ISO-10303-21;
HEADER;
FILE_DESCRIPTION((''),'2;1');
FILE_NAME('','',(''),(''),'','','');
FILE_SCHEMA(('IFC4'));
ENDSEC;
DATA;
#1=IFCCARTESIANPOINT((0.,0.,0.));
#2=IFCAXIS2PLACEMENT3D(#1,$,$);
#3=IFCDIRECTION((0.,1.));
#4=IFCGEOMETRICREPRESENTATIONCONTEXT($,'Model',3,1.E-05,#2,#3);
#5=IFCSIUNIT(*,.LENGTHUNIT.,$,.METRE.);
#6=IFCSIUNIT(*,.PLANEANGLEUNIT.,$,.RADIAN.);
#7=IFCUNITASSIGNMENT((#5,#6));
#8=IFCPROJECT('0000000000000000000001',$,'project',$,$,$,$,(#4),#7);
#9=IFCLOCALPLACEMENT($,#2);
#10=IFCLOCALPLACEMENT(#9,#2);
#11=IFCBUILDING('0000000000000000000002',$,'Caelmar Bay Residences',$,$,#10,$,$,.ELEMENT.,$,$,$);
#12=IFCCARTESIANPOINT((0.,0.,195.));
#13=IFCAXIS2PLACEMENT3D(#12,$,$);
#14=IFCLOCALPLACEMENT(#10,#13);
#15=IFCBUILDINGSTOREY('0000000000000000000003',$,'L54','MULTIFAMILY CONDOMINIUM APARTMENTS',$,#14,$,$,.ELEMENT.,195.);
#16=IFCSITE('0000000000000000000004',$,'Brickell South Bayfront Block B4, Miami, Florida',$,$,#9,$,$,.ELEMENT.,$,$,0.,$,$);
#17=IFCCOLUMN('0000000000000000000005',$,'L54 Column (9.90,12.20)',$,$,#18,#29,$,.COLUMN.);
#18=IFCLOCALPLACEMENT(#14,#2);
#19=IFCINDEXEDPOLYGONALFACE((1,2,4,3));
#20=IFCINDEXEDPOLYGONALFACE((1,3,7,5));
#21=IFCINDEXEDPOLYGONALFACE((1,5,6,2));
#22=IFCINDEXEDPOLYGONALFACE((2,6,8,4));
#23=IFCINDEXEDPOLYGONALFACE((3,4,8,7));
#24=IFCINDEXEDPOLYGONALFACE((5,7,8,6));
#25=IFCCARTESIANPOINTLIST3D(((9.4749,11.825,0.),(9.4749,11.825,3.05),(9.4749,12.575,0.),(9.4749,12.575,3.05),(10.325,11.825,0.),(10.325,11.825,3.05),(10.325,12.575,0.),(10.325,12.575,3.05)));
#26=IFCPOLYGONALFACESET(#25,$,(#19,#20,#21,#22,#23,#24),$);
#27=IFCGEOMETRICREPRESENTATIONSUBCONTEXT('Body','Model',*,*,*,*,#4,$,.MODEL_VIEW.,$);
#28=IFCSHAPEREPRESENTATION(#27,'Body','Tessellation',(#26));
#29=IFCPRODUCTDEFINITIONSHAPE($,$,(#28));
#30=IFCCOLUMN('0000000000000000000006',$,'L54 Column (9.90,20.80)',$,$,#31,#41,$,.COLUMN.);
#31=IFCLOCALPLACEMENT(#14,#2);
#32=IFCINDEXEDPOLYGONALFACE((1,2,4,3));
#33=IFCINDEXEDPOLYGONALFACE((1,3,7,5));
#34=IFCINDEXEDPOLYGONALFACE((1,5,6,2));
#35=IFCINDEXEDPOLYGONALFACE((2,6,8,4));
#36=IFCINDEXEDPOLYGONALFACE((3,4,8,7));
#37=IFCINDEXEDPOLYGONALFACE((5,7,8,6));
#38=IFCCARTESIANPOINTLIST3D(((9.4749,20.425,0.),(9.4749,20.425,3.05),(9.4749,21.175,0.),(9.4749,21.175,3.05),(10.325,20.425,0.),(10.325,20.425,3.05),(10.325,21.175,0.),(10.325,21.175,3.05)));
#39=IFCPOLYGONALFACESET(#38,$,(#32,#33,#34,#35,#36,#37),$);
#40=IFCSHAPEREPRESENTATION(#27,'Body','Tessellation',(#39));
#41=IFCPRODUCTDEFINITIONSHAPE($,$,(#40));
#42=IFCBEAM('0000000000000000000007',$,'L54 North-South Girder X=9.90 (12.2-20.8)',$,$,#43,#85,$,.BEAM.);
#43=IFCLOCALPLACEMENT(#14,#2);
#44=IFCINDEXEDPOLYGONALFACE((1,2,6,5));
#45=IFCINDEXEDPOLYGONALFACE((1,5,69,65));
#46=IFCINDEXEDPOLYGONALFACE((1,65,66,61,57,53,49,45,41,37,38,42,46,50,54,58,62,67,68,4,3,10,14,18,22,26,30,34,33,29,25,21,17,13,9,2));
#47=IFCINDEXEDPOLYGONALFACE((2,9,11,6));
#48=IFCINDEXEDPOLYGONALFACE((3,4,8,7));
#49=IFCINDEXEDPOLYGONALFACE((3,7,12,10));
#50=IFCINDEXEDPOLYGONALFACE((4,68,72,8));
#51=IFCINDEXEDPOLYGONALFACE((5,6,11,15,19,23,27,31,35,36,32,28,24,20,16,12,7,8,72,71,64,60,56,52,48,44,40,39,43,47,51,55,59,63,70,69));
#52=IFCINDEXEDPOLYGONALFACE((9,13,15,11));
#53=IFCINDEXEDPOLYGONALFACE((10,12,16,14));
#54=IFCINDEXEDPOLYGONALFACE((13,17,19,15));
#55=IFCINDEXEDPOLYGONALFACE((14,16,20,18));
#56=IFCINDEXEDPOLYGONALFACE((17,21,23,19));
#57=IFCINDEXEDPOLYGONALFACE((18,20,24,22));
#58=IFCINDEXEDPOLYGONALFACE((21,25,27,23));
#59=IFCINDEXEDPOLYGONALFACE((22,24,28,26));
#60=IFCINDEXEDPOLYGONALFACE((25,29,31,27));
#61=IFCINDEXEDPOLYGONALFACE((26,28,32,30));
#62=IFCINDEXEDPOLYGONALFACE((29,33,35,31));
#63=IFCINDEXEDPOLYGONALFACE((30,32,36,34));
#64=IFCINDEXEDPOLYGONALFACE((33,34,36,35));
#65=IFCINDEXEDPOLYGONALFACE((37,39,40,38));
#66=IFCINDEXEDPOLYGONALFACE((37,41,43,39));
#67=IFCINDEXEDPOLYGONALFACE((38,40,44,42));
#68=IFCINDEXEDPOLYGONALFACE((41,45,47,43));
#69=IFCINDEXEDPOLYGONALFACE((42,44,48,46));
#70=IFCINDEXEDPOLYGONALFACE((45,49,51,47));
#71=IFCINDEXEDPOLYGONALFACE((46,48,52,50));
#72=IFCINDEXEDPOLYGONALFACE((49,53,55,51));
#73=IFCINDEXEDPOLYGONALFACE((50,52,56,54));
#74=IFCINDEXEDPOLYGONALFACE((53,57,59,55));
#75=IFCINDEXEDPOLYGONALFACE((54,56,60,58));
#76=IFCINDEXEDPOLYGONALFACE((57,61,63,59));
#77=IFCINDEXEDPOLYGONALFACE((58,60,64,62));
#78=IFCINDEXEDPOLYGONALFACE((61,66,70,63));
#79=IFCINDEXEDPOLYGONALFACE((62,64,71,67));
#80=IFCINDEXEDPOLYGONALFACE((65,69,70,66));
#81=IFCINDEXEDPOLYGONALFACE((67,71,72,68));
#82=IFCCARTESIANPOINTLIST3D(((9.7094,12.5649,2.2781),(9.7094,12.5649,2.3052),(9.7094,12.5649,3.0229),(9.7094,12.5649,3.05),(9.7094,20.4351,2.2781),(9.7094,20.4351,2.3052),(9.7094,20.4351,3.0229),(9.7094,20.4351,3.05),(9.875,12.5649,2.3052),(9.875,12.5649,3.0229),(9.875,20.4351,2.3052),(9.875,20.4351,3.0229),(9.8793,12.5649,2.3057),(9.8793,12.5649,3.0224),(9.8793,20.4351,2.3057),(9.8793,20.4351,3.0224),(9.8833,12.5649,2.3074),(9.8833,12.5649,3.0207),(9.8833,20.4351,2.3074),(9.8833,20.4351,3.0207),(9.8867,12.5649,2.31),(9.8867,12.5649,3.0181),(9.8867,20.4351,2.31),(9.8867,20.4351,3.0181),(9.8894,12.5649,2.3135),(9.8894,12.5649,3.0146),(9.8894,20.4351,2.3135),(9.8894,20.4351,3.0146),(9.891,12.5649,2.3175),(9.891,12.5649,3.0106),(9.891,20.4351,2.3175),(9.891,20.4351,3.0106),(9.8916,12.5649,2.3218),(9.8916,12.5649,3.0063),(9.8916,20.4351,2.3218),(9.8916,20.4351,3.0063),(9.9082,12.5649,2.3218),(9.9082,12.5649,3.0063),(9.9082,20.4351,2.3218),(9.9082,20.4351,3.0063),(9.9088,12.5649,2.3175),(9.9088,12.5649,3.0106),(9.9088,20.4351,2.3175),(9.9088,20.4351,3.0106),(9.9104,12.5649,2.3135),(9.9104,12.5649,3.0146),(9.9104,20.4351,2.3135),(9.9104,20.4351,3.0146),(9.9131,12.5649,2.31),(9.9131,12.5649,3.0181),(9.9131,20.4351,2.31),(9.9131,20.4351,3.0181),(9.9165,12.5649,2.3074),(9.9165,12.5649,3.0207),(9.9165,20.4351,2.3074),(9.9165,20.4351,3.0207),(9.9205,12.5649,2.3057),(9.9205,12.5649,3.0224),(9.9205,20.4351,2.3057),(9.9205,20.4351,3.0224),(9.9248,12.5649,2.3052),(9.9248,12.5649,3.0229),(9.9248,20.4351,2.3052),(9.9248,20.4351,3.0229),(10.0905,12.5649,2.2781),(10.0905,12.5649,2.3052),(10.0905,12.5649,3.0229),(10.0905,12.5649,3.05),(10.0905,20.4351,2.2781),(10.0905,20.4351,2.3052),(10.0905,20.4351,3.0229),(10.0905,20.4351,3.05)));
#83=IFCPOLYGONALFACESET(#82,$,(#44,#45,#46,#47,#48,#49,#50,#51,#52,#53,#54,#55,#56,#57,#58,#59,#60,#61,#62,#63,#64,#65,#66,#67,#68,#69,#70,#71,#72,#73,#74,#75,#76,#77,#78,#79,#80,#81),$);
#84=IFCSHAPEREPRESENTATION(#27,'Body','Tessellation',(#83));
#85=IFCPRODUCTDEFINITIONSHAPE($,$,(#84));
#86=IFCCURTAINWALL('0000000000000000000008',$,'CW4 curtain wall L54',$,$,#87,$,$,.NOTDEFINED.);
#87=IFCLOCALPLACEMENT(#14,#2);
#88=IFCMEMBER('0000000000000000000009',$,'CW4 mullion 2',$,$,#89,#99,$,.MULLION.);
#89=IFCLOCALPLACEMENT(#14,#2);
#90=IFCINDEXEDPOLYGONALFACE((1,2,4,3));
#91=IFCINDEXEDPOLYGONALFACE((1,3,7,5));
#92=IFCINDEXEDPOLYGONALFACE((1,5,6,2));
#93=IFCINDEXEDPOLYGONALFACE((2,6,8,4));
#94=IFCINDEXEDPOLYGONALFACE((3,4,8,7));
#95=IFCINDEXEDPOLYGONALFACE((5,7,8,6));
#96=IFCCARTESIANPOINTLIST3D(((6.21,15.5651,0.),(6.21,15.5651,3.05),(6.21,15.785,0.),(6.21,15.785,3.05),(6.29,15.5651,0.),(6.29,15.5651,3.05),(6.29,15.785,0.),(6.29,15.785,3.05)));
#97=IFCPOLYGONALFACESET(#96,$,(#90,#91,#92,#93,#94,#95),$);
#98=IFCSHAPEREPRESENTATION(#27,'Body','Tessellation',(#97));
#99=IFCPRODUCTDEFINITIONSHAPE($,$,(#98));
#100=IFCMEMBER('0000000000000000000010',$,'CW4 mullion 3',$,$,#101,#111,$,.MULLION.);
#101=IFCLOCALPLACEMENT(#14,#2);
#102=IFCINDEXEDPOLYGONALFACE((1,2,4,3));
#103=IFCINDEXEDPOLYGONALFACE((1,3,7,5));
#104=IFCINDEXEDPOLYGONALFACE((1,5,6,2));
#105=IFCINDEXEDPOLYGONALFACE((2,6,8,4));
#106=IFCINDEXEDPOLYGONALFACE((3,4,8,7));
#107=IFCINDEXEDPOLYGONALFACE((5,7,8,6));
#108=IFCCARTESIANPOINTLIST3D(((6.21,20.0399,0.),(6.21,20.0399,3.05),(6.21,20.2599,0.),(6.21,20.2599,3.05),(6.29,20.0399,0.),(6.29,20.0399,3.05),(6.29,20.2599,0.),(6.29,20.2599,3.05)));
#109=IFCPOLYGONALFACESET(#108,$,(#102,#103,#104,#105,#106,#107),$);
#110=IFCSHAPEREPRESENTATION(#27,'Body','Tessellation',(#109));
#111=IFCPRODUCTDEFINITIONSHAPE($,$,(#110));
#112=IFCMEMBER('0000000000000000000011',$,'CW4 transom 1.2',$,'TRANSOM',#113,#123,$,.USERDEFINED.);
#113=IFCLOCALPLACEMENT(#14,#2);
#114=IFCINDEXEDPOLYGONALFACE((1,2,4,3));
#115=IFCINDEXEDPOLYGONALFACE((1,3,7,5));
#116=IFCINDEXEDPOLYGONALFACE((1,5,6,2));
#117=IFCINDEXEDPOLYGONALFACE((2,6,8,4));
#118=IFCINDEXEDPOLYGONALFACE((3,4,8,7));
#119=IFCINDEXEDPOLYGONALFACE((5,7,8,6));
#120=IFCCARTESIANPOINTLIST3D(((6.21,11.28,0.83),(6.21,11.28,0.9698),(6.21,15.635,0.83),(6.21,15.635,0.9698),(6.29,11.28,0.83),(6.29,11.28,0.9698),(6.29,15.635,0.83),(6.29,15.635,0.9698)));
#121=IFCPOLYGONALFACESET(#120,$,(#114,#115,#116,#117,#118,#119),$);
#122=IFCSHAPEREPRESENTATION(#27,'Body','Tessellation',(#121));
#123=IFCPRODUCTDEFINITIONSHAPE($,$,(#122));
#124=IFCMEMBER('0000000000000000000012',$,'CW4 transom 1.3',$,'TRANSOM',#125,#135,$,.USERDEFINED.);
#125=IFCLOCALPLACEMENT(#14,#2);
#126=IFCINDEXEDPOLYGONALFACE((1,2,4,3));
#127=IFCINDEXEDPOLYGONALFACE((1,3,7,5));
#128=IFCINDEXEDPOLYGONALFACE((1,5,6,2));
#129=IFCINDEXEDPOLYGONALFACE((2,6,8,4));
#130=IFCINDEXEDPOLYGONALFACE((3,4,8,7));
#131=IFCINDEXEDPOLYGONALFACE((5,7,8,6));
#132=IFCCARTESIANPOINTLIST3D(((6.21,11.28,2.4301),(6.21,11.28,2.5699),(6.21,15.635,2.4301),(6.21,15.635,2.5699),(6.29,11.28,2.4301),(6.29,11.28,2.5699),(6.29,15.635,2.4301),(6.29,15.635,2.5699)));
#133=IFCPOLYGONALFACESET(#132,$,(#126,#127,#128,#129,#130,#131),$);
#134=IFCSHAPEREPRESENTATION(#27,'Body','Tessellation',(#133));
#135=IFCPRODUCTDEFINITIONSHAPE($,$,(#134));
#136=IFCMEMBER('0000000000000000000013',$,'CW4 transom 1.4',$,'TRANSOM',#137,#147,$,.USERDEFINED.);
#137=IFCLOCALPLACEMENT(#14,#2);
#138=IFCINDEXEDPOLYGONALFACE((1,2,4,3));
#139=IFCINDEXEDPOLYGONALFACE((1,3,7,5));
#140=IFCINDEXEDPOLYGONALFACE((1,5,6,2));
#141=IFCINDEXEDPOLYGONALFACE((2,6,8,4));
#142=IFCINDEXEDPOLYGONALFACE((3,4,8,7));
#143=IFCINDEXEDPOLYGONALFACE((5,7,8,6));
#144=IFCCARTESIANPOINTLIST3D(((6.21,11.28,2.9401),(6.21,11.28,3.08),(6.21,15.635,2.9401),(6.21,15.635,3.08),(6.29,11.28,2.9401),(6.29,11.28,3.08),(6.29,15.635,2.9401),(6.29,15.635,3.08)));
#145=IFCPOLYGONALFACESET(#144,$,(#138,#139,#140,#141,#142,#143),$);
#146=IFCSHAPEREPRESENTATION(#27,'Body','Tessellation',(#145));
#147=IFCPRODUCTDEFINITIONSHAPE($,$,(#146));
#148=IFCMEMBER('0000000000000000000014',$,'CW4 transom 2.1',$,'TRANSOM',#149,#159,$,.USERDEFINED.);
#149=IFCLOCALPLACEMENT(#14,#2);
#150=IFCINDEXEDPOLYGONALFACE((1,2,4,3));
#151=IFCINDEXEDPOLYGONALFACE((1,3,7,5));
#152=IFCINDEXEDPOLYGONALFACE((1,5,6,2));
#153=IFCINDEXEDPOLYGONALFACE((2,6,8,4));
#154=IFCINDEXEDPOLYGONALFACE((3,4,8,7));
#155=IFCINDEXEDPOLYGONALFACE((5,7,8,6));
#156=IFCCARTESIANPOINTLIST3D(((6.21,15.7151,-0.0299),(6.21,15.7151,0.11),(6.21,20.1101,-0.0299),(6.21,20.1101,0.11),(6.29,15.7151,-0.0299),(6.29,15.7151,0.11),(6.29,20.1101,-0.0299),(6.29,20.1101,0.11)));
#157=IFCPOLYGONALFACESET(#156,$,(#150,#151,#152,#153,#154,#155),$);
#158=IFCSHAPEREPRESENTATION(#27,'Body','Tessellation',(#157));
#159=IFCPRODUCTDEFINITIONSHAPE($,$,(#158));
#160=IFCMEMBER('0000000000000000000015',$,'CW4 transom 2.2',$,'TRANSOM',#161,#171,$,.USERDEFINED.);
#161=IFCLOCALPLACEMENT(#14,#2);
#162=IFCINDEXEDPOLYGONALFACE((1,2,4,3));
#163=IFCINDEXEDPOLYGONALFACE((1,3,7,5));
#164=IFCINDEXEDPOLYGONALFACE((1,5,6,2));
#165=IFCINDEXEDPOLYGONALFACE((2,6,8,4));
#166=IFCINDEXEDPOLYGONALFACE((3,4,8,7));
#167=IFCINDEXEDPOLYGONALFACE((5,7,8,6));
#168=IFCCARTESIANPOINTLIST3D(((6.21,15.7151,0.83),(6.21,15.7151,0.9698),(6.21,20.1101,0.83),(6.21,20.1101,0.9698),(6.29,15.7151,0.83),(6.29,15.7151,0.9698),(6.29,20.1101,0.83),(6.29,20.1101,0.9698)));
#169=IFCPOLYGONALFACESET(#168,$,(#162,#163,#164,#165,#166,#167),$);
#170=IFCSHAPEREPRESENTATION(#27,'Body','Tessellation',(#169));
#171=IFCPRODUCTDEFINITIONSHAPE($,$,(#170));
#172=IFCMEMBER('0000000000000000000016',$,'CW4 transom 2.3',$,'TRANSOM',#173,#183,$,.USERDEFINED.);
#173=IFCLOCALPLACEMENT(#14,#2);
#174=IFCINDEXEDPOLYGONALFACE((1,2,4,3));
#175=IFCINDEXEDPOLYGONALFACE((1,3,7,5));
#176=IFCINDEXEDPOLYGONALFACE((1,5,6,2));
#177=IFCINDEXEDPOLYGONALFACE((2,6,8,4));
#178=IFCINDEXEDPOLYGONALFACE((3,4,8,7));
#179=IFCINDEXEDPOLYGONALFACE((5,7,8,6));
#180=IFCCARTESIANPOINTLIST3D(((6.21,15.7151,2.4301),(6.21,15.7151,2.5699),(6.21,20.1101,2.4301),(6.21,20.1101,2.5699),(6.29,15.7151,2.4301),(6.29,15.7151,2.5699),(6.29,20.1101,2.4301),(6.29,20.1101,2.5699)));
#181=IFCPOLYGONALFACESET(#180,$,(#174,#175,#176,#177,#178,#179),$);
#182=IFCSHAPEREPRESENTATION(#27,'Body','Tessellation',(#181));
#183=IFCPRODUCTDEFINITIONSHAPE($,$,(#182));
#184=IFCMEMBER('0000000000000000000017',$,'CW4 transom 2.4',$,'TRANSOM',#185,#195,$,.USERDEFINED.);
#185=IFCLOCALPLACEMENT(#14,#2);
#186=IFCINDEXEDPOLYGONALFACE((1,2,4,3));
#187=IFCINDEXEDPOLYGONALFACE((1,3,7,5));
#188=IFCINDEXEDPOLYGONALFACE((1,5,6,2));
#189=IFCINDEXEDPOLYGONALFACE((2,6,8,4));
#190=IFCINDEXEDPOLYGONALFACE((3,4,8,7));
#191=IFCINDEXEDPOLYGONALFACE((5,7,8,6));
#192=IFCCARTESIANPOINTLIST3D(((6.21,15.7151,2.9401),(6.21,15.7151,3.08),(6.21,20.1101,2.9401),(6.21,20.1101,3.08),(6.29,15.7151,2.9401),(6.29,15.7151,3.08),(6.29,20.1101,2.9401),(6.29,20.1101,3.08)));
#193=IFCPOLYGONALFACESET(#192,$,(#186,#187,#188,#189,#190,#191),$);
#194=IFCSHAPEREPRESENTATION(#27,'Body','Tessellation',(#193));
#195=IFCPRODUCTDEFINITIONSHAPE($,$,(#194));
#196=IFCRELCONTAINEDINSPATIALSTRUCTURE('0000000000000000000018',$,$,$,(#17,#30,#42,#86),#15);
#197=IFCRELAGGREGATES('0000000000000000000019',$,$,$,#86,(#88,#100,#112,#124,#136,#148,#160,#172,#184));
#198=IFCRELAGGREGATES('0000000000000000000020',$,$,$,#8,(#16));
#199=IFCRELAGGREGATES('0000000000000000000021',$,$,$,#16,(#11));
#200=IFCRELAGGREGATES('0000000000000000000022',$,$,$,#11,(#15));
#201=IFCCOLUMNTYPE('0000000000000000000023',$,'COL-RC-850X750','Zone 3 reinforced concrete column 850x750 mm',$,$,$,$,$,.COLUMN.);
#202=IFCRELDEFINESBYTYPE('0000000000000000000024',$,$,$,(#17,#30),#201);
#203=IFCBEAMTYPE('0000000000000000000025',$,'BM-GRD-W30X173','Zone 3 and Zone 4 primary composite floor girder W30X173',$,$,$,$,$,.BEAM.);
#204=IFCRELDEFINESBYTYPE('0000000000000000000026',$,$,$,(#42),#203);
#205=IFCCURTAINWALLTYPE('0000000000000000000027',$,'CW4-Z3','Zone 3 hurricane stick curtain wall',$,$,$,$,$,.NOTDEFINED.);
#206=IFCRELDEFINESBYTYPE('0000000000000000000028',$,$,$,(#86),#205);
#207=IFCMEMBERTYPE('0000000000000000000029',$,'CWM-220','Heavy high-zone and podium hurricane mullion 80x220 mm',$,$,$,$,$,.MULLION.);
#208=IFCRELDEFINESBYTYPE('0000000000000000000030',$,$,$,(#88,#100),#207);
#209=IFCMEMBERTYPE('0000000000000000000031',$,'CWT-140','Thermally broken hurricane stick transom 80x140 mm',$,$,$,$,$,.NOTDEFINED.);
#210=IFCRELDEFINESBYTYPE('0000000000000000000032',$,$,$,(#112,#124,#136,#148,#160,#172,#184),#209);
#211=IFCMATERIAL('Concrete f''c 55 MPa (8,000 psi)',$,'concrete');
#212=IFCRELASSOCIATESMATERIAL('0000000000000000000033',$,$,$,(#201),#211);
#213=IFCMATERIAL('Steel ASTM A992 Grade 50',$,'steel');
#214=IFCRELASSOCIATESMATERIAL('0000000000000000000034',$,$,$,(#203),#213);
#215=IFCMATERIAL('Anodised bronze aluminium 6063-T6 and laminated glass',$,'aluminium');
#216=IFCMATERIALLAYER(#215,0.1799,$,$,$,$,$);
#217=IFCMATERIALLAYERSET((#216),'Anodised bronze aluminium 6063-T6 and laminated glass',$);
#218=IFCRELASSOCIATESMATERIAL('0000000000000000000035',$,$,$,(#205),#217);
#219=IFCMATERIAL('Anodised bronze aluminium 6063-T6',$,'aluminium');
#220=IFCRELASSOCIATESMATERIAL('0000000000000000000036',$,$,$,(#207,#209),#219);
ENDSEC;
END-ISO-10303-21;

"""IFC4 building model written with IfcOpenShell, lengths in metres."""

from ifc_helpers import new_model, si_unit, direction, frame, origin, origin_2d, place, context, subcontext, project, spatial, rectangle, i_section, extrude, material, layer, layer_set, material_profile, profile_set, type_object, element, aggregate, save


model = new_model("IFC4")

# Units and contexts
model_context = context("Model", 3, precision=1e-05, world=origin(), true_north=direction((0.0, 1.0)))
body_context = subcontext(model_context, "Body", "Model", "MODEL_VIEW")
ifc_project = project(units=[si_unit("LENGTHUNIT", "METRE"), si_unit("PLANEANGLEUNIT", "RADIAN")], contexts=[model_context])

# Site, building, storey
site_placement = place(None, origin())
site = spatial("IfcSite", under=ifc_project, at=site_placement, Name="Brickell South Bayfront Block B4, Miami, Florida", CompositionType="ELEMENT", RefElevation=0.0)
building_placement = place(site_placement, origin())
building = spatial("IfcBuilding", under=site, at=building_placement, Name="Caelmar Bay Residences", CompositionType="ELEMENT")
storey_placement = place(building_placement, frame((0.0, 0.0, 195.0)))
storey = spatial("IfcBuildingStorey", under=building, at=storey_placement, Name="L54", Description="MULTIFAMILY CONDOMINIUM APARTMENTS", CompositionType="ELEMENT", Elevation=195.0)

# Columns
ifc_material_1 = material(Name="Concrete f'c 55 MPa (8,000 psi)", Category="concrete")
ifc_material_profile_1 = material_profile(ifc_material_1, rectangle(XDim=0.8501, YDim=0.75, at=origin_2d()), Name="RC-COL-850X750")
ifc_profile_set_1 = profile_set([ifc_material_profile_1], Name="Concrete f'c 55 MPa (8,000 psi)")
column_type = type_object("IfcColumnType", Name="COL-RC-850X750", Description="Zone 3 reinforced concrete column 850x750 mm", PredefinedType="COLUMN", material=ifc_profile_set_1)
for number, where, z_axis, x_axis, name in (
    (1, (9.8999, 12.2, 0.0), (0.0, 0.0, 1.0), (1.0, 0.0, 0.0), "L54 Column (9.90,12.20)"),
    (2, (9.8999, 20.8, 0.0), (0.0, 0.0, 1.0), (1.0, 0.0, 0.0), "L54 Column (9.90,20.80)"),
):
    element("IfcColumn", number, at=place(storey_placement, frame(where, z_axis=z_axis, x_axis=x_axis)), inside=storey, type_object=column_type, Name=name, PredefinedType="COLUMN", context=body_context, shape_type="SweptSolid", body=[
        extrude(rectangle(XDim=0.8501, YDim=0.75, at=origin_2d()), origin(), (0.0, 0.0, 1.0), 3.05),
    ])

# Beam
ifc_material_2 = material(Name="Steel ASTM A992 Grade 50", Category="steel")
ifc_material_profile_2 = material_profile(ifc_material_2, i_section(OverallWidth=0.3811, OverallDepth=0.772, WebThickness=0.0166, FlangeThickness=0.0271, FilletRadius=0.0166, at=origin_2d()), Name="W30X173")
ifc_profile_set_2 = profile_set([ifc_material_profile_2], Name="Steel ASTM A992 Grade 50")
beam_type = type_object("IfcBeamType", Name="BM-GRD-W30X173", Description="Zone 3 and Zone 4 primary composite floor girder W30X173", PredefinedType="BEAM", material=ifc_profile_set_2)
beam_placement = place(storey_placement, frame((9.8999, 12.5649, 2.6641), z_axis=(0.0, 1.0, 0.0), x_axis=(-1.0, 0.0, 0.0)))
element("IfcBeam", 3, at=beam_placement, inside=storey, type_object=beam_type, Name="L54 North-South Girder X=9.90 (12.2-20.8)", PredefinedType="BEAM", context=body_context, shape_type="SweptSolid", body=[
    extrude(i_section(OverallWidth=0.3811, OverallDepth=0.772, WebThickness=0.0166, FlangeThickness=0.0271, FilletRadius=0.0166, at=origin_2d()), origin(), (0.0, 0.0, 1.0), 7.8701),
])

# Curtain wall, members
ifc_material_3 = material(Name="Anodised bronze aluminium 6063-T6 and laminated glass", Category="aluminium")
ifc_layer_1 = layer(ifc_material_3, 0.1799)
ifc_layer_set_1 = layer_set([ifc_layer_1], Name="Anodised bronze aluminium 6063-T6 and laminated glass")
curtain_wall_type = type_object("IfcCurtainWallType", Name="CW4-Z3", Description="Zone 3 hurricane stick curtain wall", PredefinedType="NOTDEFINED", material=ifc_layer_set_1)
curtain_wall_placement = place(storey_placement, origin())
curtain_wall = element("IfcCurtainWall", 4, at=curtain_wall_placement, inside=storey, type_object=curtain_wall_type, Name="CW4 curtain wall L54", PredefinedType="NOTDEFINED")
ifc_material_4 = material(Name="Anodised bronze aluminium 6063-T6", Category="aluminium")
ifc_material_profile_3 = material_profile(ifc_material_4, rectangle(XDim=0.0801, YDim=0.22, at=origin_2d()), Name="CWM-80X220")
ifc_profile_set_3 = profile_set([ifc_material_profile_3], Name="Anodised bronze aluminium 6063-T6")
member_type_1 = type_object("IfcMemberType", Name="CWM-220", Description="Heavy high-zone and podium hurricane mullion 80x220 mm", PredefinedType="MULLION", material=ifc_profile_set_3)
member_1_placement = place(storey_placement, frame((6.25, 15.675, 0.0), z_axis=(0.0, 0.0, 1.0), x_axis=(-1.0, 0.0, 0.0)))
member_1 = element("IfcMember", 5, at=member_1_placement, type_object=member_type_1, Name="CW4 mullion 2", PredefinedType="MULLION", context=body_context, shape_type="SweptSolid", body=[
    extrude(rectangle(XDim=0.0801, YDim=0.22, at=origin_2d()), origin(), (0.0, 0.0, 1.0), 3.05),
])
member_2_placement = place(storey_placement, frame((6.25, 20.1499, 0.0), z_axis=(0.0, 0.0, 1.0), x_axis=(-1.0, 0.0, 0.0)))
member_2 = element("IfcMember", 6, at=member_2_placement, type_object=member_type_1, Name="CW4 mullion 3", PredefinedType="MULLION", context=body_context, shape_type="SweptSolid", body=[
    extrude(rectangle(XDim=0.0801, YDim=0.22, at=origin_2d()), origin(), (0.0, 0.0, 1.0), 3.05),
])
ifc_material_profile_4 = material_profile(ifc_material_4, rectangle(XDim=0.0801, YDim=0.1399, at=origin_2d()), Name="CWT-80X140")
ifc_profile_set_4 = profile_set([ifc_material_profile_4], Name="Anodised bronze aluminium 6063-T6")
member_type_2 = type_object("IfcMemberType", Name="CWT-140", Description="Thermally broken hurricane stick transom 80x140 mm", PredefinedType="NOTDEFINED", material=ifc_profile_set_4)
member_3_placement = place(storey_placement, frame((6.25, 11.28, 0.8999), z_axis=(0.0, 1.0, 0.0), x_axis=(-1.0, 0.0, 0.0)))
member_3 = element("IfcMember", 7, at=member_3_placement, type_object=member_type_2, Name="CW4 transom 1.2", ObjectType="TRANSOM", PredefinedType="USERDEFINED", context=body_context, shape_type="SweptSolid", body=[
    extrude(rectangle(XDim=0.0801, YDim=0.1399, at=origin_2d()), origin(), (0.0, 0.0, 1.0), 4.355),
])
member_4_placement = place(storey_placement, frame((6.25, 11.28, 2.5), z_axis=(0.0, 1.0, 0.0), x_axis=(-1.0, 0.0, 0.0)))
member_4 = element("IfcMember", 8, at=member_4_placement, type_object=member_type_2, Name="CW4 transom 1.3", ObjectType="TRANSOM", PredefinedType="USERDEFINED", context=body_context, shape_type="SweptSolid", body=[
    extrude(rectangle(XDim=0.0801, YDim=0.1399, at=origin_2d()), origin(), (0.0, 0.0, 1.0), 4.355),
])
member_5_placement = place(storey_placement, frame((6.25, 11.28, 3.01), z_axis=(0.0, 1.0, 0.0), x_axis=(-1.0, 0.0, 0.0)))
member_5 = element("IfcMember", 9, at=member_5_placement, type_object=member_type_2, Name="CW4 transom 1.4", ObjectType="TRANSOM", PredefinedType="USERDEFINED", context=body_context, shape_type="SweptSolid", body=[
    extrude(rectangle(XDim=0.0801, YDim=0.1399, at=origin_2d()), origin(), (0.0, 0.0, 1.0), 4.355),
])
member_6_placement = place(storey_placement, frame((6.25, 15.7151, 0.04), z_axis=(0.0, 1.0, 0.0), x_axis=(-1.0, 0.0, 0.0)))
member_6 = element("IfcMember", 10, at=member_6_placement, type_object=member_type_2, Name="CW4 transom 2.1", ObjectType="TRANSOM", PredefinedType="USERDEFINED", context=body_context, shape_type="SweptSolid", body=[
    extrude(rectangle(XDim=0.0801, YDim=0.1399, at=origin_2d()), origin(), (0.0, 0.0, 1.0), 4.395),
])
member_7_placement = place(storey_placement, frame((6.25, 15.7151, 0.8999), z_axis=(0.0, 1.0, 0.0), x_axis=(-1.0, 0.0, 0.0)))
member_7 = element("IfcMember", 11, at=member_7_placement, type_object=member_type_2, Name="CW4 transom 2.2", ObjectType="TRANSOM", PredefinedType="USERDEFINED", context=body_context, shape_type="SweptSolid", body=[
    extrude(rectangle(XDim=0.0801, YDim=0.1399, at=origin_2d()), origin(), (0.0, 0.0, 1.0), 4.395),
])
member_8_placement = place(storey_placement, frame((6.25, 15.7151, 2.5), z_axis=(0.0, 1.0, 0.0), x_axis=(-1.0, 0.0, 0.0)))
member_8 = element("IfcMember", 12, at=member_8_placement, type_object=member_type_2, Name="CW4 transom 2.3", ObjectType="TRANSOM", PredefinedType="USERDEFINED", context=body_context, shape_type="SweptSolid", body=[
    extrude(rectangle(XDim=0.0801, YDim=0.1399, at=origin_2d()), origin(), (0.0, 0.0, 1.0), 4.395),
])
member_9_placement = place(storey_placement, frame((6.25, 15.7151, 3.01), z_axis=(0.0, 1.0, 0.0), x_axis=(-1.0, 0.0, 0.0)))
member_9 = element("IfcMember", 13, at=member_9_placement, type_object=member_type_2, Name="CW4 transom 2.4", ObjectType="TRANSOM", PredefinedType="USERDEFINED", context=body_context, shape_type="SweptSolid", body=[
    extrude(rectangle(XDim=0.0801, YDim=0.1399, at=origin_2d()), origin(), (0.0, 0.0, 1.0), 4.395),
])
aggregate(curtain_wall, [member_1, member_2, member_3, member_4, member_5, member_6, member_7, member_8, member_9])

save(model, "model.ifc")
